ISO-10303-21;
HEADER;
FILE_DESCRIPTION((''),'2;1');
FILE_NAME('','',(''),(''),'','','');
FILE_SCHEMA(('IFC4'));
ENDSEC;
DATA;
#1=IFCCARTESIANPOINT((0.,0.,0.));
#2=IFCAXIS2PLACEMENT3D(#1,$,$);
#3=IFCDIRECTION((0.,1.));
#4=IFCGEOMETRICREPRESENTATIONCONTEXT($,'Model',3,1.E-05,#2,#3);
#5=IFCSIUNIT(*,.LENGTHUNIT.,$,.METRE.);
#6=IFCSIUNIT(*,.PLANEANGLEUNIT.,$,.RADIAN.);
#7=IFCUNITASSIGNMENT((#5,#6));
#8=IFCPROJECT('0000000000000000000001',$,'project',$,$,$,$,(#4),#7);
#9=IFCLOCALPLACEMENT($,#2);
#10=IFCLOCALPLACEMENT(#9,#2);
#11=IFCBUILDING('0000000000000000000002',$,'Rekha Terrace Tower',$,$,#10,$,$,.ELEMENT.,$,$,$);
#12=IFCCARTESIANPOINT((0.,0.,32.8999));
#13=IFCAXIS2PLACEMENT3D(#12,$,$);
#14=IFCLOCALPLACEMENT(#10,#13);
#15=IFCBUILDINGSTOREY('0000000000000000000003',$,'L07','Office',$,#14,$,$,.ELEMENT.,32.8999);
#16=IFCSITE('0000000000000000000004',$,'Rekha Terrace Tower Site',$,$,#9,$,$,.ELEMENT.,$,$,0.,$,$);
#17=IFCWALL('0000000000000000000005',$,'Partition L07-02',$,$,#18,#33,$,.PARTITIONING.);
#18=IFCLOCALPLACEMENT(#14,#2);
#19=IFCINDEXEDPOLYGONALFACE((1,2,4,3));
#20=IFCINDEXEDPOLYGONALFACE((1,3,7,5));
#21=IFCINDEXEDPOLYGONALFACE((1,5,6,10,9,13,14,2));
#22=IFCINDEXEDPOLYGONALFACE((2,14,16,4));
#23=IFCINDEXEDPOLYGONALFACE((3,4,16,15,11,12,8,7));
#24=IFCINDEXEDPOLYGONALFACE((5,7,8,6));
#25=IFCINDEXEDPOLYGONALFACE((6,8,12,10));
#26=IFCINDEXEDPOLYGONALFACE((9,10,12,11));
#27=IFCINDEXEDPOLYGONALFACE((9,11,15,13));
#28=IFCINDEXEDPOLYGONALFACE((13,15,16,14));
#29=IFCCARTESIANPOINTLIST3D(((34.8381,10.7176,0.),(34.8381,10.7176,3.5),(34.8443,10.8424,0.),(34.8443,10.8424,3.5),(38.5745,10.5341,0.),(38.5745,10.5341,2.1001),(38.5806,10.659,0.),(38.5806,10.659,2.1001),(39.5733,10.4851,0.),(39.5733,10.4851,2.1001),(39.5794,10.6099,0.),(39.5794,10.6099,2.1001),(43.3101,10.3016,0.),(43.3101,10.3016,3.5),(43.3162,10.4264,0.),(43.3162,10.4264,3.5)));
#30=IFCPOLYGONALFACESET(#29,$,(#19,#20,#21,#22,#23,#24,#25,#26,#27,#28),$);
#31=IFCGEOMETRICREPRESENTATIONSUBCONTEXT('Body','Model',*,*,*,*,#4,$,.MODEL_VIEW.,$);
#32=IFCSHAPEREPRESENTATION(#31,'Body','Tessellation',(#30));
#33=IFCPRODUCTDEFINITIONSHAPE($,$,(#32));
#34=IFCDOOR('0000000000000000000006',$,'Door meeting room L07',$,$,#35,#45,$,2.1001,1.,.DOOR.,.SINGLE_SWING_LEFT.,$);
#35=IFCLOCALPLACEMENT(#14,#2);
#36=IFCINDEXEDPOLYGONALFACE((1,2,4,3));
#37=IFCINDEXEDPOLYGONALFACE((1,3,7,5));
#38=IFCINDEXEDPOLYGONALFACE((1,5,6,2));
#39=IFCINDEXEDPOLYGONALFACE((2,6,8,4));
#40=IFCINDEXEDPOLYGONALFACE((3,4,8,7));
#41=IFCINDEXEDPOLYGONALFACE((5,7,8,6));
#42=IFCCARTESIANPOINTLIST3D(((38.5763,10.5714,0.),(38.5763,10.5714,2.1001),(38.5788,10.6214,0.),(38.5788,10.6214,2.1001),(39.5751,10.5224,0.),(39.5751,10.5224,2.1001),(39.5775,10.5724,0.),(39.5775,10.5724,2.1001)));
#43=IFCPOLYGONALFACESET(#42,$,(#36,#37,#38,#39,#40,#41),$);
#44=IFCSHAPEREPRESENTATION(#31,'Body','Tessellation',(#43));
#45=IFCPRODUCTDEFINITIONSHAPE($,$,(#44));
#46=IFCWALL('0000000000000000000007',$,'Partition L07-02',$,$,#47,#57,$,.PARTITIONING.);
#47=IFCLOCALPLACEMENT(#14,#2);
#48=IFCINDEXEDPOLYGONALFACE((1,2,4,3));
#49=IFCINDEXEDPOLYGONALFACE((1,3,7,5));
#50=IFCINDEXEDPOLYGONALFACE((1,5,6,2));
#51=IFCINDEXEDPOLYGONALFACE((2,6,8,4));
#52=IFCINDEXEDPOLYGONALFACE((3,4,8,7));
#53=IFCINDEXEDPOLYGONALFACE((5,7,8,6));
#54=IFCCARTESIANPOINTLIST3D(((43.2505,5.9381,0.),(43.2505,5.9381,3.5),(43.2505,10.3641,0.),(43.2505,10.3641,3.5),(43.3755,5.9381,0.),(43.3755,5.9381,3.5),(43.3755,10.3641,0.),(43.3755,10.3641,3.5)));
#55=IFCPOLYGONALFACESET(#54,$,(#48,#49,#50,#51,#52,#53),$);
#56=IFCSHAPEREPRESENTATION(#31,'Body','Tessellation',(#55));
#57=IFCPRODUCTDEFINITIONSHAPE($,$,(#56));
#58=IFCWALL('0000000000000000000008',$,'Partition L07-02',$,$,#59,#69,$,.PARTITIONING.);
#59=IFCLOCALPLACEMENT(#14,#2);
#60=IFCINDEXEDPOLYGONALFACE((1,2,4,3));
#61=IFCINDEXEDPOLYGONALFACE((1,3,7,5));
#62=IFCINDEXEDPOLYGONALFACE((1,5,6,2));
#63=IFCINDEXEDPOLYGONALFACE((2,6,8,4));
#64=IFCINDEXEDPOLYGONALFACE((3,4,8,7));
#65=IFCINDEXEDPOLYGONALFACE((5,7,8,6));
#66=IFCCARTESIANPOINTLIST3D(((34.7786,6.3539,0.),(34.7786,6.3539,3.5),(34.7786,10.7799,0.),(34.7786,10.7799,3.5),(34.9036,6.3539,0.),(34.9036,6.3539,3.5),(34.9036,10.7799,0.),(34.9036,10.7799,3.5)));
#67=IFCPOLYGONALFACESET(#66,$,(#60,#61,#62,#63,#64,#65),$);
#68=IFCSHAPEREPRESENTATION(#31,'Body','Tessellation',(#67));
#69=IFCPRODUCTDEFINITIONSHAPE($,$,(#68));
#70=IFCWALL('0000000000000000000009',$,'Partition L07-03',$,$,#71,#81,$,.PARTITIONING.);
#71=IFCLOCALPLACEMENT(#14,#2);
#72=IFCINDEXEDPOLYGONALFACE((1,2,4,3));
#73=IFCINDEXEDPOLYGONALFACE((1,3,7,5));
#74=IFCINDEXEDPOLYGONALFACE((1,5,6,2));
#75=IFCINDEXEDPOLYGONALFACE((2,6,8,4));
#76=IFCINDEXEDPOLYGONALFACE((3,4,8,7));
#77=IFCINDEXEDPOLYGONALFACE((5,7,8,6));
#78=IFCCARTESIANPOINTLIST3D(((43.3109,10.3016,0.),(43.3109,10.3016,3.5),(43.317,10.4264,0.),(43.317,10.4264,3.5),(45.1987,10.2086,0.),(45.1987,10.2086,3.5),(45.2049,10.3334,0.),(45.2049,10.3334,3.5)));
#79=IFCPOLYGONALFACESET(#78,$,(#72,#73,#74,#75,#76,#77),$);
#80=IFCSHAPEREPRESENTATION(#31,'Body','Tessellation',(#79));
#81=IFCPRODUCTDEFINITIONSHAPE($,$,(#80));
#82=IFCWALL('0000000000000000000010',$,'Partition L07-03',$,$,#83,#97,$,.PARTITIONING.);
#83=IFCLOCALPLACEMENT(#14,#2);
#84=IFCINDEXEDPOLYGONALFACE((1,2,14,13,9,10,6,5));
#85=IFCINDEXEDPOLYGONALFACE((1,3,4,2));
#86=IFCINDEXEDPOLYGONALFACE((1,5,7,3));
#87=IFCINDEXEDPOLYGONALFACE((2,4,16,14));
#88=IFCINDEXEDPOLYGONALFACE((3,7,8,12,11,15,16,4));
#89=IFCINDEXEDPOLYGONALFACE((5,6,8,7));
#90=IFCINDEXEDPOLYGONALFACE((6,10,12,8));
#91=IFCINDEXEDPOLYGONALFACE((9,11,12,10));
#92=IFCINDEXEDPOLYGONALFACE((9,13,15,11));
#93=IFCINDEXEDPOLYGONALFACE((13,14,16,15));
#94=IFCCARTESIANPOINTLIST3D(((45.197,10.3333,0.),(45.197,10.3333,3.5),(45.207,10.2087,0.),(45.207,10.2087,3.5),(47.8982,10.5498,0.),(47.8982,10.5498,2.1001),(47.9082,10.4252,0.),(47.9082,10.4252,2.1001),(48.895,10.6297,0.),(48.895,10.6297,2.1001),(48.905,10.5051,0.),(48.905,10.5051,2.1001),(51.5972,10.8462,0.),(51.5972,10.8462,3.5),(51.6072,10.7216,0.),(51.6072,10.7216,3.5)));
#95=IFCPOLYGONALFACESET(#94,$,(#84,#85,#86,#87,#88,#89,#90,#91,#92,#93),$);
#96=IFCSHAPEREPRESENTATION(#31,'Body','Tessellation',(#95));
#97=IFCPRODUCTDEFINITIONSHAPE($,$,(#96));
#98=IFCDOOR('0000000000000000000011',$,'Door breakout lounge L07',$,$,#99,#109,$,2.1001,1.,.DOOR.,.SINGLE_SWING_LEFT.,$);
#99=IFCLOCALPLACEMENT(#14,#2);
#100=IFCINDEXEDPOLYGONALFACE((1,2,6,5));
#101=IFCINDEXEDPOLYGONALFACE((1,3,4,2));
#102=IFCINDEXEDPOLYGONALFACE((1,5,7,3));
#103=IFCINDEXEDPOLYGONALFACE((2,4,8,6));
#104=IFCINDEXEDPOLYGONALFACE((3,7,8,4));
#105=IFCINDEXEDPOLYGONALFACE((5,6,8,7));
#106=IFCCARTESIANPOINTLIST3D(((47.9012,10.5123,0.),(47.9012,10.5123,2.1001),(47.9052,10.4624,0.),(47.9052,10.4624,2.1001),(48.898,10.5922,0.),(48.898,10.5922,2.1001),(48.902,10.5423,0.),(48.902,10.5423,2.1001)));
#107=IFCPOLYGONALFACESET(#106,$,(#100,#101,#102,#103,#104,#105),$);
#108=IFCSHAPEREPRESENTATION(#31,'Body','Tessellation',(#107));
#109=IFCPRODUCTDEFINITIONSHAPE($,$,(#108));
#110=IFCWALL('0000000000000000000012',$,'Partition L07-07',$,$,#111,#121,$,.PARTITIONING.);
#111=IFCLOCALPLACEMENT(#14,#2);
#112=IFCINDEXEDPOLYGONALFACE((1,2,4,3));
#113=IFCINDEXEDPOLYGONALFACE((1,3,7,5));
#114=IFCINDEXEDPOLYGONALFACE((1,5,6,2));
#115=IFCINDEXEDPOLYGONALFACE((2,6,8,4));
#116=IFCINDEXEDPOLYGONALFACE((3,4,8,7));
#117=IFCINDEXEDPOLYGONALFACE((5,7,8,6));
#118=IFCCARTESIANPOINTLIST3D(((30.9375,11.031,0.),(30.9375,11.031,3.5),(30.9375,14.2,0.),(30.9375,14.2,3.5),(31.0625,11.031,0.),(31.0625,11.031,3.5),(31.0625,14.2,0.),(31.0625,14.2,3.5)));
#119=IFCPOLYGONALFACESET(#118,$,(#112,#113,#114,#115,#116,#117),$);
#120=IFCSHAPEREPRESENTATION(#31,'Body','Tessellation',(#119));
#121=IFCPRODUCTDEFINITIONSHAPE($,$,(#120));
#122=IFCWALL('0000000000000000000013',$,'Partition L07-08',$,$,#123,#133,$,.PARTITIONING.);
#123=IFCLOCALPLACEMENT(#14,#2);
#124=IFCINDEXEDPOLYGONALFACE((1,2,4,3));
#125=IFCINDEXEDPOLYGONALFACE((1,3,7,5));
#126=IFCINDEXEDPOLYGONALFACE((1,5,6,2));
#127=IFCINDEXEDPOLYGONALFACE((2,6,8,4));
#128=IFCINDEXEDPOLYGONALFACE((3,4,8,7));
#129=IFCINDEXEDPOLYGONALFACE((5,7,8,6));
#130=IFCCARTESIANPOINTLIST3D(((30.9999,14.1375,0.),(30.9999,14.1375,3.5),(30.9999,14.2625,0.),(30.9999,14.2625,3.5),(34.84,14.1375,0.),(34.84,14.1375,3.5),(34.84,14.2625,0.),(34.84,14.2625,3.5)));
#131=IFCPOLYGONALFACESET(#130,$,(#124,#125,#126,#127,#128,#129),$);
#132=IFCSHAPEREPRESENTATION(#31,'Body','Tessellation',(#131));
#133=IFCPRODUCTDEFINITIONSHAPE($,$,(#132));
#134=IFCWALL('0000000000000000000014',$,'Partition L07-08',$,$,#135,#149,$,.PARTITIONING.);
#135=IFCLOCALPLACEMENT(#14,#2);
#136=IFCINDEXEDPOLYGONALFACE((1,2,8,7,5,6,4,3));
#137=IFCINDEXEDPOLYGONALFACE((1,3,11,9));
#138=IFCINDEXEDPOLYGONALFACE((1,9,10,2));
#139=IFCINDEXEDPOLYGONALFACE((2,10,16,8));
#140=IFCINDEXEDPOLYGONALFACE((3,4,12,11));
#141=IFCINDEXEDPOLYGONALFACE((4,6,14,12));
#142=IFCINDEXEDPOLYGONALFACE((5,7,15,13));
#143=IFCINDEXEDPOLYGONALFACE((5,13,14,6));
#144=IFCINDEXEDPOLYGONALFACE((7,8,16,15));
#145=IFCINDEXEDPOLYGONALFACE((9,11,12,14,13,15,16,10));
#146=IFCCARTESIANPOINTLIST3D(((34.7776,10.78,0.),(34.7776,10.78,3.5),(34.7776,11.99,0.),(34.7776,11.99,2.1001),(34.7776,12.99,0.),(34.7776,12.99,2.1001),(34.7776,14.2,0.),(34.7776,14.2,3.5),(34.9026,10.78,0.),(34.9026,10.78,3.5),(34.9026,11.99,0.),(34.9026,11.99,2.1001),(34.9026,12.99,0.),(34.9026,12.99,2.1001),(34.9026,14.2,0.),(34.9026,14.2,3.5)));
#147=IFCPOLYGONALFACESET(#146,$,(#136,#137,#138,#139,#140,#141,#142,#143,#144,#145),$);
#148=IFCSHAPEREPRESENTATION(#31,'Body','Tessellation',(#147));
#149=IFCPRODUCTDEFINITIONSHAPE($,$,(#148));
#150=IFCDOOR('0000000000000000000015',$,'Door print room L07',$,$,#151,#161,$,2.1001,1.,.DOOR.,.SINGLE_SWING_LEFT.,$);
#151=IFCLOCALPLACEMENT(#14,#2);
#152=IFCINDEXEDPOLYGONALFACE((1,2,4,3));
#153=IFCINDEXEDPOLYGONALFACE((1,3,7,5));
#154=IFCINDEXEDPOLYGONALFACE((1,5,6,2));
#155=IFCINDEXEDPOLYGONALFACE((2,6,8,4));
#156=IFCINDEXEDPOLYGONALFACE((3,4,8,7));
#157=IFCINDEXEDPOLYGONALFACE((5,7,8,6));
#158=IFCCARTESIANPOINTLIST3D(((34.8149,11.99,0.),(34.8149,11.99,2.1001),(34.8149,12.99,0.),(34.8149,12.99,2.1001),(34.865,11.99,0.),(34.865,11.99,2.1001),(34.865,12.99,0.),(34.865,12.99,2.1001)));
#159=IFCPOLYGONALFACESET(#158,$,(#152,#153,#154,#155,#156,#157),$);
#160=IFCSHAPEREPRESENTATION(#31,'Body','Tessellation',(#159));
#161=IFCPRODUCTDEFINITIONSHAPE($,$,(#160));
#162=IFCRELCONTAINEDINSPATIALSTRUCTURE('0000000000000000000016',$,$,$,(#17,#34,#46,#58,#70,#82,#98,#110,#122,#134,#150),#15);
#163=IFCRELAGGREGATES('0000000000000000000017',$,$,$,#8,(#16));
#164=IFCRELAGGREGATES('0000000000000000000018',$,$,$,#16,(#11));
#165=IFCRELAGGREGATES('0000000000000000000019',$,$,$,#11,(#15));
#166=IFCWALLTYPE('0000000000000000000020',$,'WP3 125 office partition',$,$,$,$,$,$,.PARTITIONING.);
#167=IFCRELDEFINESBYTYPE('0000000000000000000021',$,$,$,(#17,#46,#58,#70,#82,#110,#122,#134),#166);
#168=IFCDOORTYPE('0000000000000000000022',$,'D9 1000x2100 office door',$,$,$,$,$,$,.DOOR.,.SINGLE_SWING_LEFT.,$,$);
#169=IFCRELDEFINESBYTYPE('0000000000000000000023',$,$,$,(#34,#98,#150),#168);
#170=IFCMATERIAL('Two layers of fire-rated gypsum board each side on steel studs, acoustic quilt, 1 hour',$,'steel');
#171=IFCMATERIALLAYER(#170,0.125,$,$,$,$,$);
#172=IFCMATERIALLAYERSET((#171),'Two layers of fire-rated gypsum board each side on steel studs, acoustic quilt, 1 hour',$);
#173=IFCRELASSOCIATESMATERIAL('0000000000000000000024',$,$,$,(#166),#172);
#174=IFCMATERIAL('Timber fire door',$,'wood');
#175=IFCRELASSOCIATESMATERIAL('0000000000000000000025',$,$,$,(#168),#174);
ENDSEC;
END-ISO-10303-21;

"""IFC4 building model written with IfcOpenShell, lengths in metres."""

from ifc_helpers import new_model, si_unit, direction, frame, frame_2d, origin, place, context, subcontext, project, spatial, rectangle, extrude, material, layer, layer_set, type_object, element, fill, save


model = new_model("IFC4")

# Units and contexts
model_context = context("Model", 3, precision=1e-05, world=origin(), true_north=direction((0.0, 1.0)))
body_context = subcontext(model_context, "Body", "Model", "MODEL_VIEW")
ifc_project = project(units=[si_unit("LENGTHUNIT", "METRE"), si_unit("PLANEANGLEUNIT", "RADIAN")], contexts=[model_context])

# Site, building, storey
site_placement = place(None, origin())
site = spatial("IfcSite", under=ifc_project, at=site_placement, Name="Rekha Terrace Tower Site", CompositionType="ELEMENT", RefElevation=0.0)
building_placement = place(site_placement, origin())
building = spatial("IfcBuilding", under=site, at=building_placement, Name="Rekha Terrace Tower", CompositionType="ELEMENT")
storey_placement = place(building_placement, frame((0.0, 0.0, 32.8999)))
storey = spatial("IfcBuildingStorey", under=building, at=storey_placement, Name="L07", Description="Office", CompositionType="ELEMENT", Elevation=32.8999)

# Wall, opening, door
ifc_material_1 = material(Name="Two layers of fire-rated gypsum board each side on steel studs, acoustic quilt, 1 hour", Category="steel")
ifc_layer_1 = layer(ifc_material_1, 0.125)
ifc_layer_set_1 = layer_set([ifc_layer_1], Name="Two layers of fire-rated gypsum board each side on steel studs, acoustic quilt, 1 hour")
wall_type_1 = type_object("IfcWallType", Name="WP3 125 office partition", PredefinedType="PARTITIONING", material=ifc_layer_set_1)
wall_1_placement = place(storey_placement, frame((34.8411, 10.78, 0.0), z_axis=(0.0, 0.0, 1.0), x_axis=(0.998797, -0.049046, 0.0)))
wall_1 = element("IfcWall", 1, at=wall_1_placement, inside=storey, type_object=wall_type_1, Name="Partition L07-02", PredefinedType="PARTITIONING", context=body_context, shape_type="SweptSolid", body=[
    extrude(rectangle(XDim=8.4822, YDim=0.125, at=frame_2d((4.2412, 0.0))), origin(), (0.0, 0.0, 1.0), 3.5),
])
opening_1_placement = place(wall_1_placement, frame((3.741, 0.0, 0.0)))
opening_1 = element("IfcOpeningElement", 2, at=opening_1_placement, cuts=wall_1, PredefinedType="OPENING", context=body_context, shape_type="SweptSolid", body=[
    extrude(rectangle(XDim=1.0, YDim=2.1001, at=frame_2d((0.5, 1.05))), frame((0.0, 0.0725, 0.0), z_axis=(0.0, -1.0, 0.0), x_axis=(1.0, 0.0, 0.0)), (0.0, 0.0, 1.0), 0.145),
])
ifc_material_2 = material(Name="Timber fire door", Category="wood")
door_type_1 = type_object("IfcDoorType", Name="D9 1000x2100 office door", OperationType="SINGLE_SWING_LEFT", PredefinedType="DOOR", material=ifc_material_2)
door_1_placement = place(opening_1_placement, origin())
door_1 = element("IfcDoor", 3, at=door_1_placement, inside=storey, type_object=door_type_1, Name="Door meeting room L07", OperationType="SINGLE_SWING_LEFT", OverallHeight=2.1001, OverallWidth=1.0, PredefinedType="DOOR", context=body_context, shape_type="SweptSolid", body=[
    extrude(rectangle(XDim=1.0, YDim=2.1001, at=frame_2d((0.5, 1.05))), frame((0.0, 0.0249, 0.0), z_axis=(0.0, -1.0, 0.0), x_axis=(1.0, 0.0, 0.0)), (0.0, 0.0, 1.0), 0.05),
])
fill(opening_1, door_1)

# Walls
for number, where, z_axis, x_axis, name in (
    (4, (43.313, 10.364, 0.0), (0.0, 0.0, 1.0), (0.0, -1.0, 0.0), "Partition L07-02"),
    (5, (34.8411, 6.354, 0.0), (0.0, 0.0, 1.0), (0.0, 1.0, 0.0), "Partition L07-02"),
):
    element("IfcWall", number, at=place(storey_placement, frame(where, z_axis=z_axis, x_axis=x_axis)), inside=storey, type_object=wall_type_1, Name=name, PredefinedType="PARTITIONING", context=body_context, shape_type="SweptSolid", body=[
        extrude(rectangle(XDim=4.426, YDim=0.125, at=frame_2d((2.2129, 0.0))), origin(), (0.0, 0.0, 1.0), 3.5),
    ])
wall_2_placement = place(storey_placement, frame((43.314, 10.364, 0.0), z_axis=(0.0, 0.0, 1.0), x_axis=(0.998788, -0.04921, 0.0)))
element("IfcWall", 6, at=wall_2_placement, inside=storey, type_object=wall_type_1, Name="Partition L07-03", PredefinedType="PARTITIONING", context=body_context, shape_type="SweptSolid", body=[
    extrude(rectangle(XDim=1.8901, YDim=0.125, at=frame_2d((0.9451, 0.0))), origin(), (0.0, 0.0, 1.0), 3.5),
])

# Wall, opening, door
wall_3_placement = place(storey_placement, frame((45.2019, 10.271, 0.0), z_axis=(0.0, 0.0, 1.0), x_axis=(0.996804, 0.079889, 0.0)))
wall_3 = element("IfcWall", 7, at=wall_3_placement, inside=storey, type_object=wall_type_1, Name="Partition L07-03", PredefinedType="PARTITIONING", context=body_context, shape_type="SweptSolid", body=[
    extrude(rectangle(XDim=6.4207, YDim=0.125, at=frame_2d((3.2104, 0.0))), origin(), (0.0, 0.0, 1.0), 3.5),
])
opening_2_placement = place(wall_3_placement, frame((2.71, 0.0, 0.0)))
opening_2 = element("IfcOpeningElement", 8, at=opening_2_placement, cuts=wall_3, PredefinedType="OPENING", context=body_context, shape_type="SweptSolid", body=[
    extrude(rectangle(XDim=1.0, YDim=2.1001, at=frame_2d((0.5, 1.05))), frame((0.0, 0.0725, 0.0), z_axis=(0.0, -1.0, 0.0), x_axis=(1.0, 0.0, 0.0)), (0.0, 0.0, 1.0), 0.145),
])
door_2_placement = place(opening_2_placement, origin())
door_2 = element("IfcDoor", 9, at=door_2_placement, inside=storey, type_object=door_type_1, Name="Door breakout lounge L07", OperationType="SINGLE_SWING_LEFT", OverallHeight=2.1001, OverallWidth=1.0, PredefinedType="DOOR", context=body_context, shape_type="SweptSolid", body=[
    extrude(rectangle(XDim=1.0, YDim=2.1001, at=frame_2d((0.5, 1.05))), frame((0.0, 0.0249, 0.0), z_axis=(0.0, -1.0, 0.0), x_axis=(1.0, 0.0, 0.0)), (0.0, 0.0, 1.0), 0.05),
])
fill(opening_2, door_2)

# Walls
wall_4_placement = place(storey_placement, frame((31.0, 14.2, 0.0), z_axis=(0.0, 0.0, 1.0), x_axis=(0.0, -1.0, 0.0)))
element("IfcWall", 10, at=wall_4_placement, inside=storey, type_object=wall_type_1, Name="Partition L07-07", PredefinedType="PARTITIONING", context=body_context, shape_type="SweptSolid", body=[
    extrude(rectangle(XDim=3.1689, YDim=0.125, at=frame_2d((1.5845, 0.0))), origin(), (0.0, 0.0, 1.0), 3.5),
])
wall_5_placement = place(storey_placement, frame((31.0, 14.2, 0.0), z_axis=(0.0, 0.0, 1.0), x_axis=(1.0, 0.0, 0.0)))
element("IfcWall", 11, at=wall_5_placement, inside=storey, type_object=wall_type_1, Name="Partition L07-08", PredefinedType="PARTITIONING", context=body_context, shape_type="SweptSolid", body=[
    extrude(rectangle(XDim=3.8401, YDim=0.125, at=frame_2d((1.9199, 0.0))), origin(), (0.0, 0.0, 1.0), 3.5),
])

# Wall, opening, door
wall_6_placement = place(storey_placement, frame((34.8401, 14.2, 0.0), z_axis=(0.0, 0.0, 1.0), x_axis=(0.0, -1.0, 0.0)))
wall_6 = element("IfcWall", 12, at=wall_6_placement, inside=storey, type_object=wall_type_1, Name="Partition L07-08", PredefinedType="PARTITIONING", context=body_context, shape_type="SweptSolid", body=[
    extrude(rectangle(XDim=3.4199, YDim=0.125, at=frame_2d((1.71, 0.0))), origin(), (0.0, 0.0, 1.0), 3.5),
])
opening_3_placement = place(wall_6_placement, frame((1.21, 0.0, 0.0)))
opening_3 = element("IfcOpeningElement", 13, at=opening_3_placement, cuts=wall_6, PredefinedType="OPENING", context=body_context, shape_type="SweptSolid", body=[
    extrude(rectangle(XDim=1.0, YDim=2.1001, at=frame_2d((0.5, 1.05))), frame((0.0, 0.0725, 0.0), z_axis=(0.0, -1.0, 0.0), x_axis=(1.0, 0.0, 0.0)), (0.0, 0.0, 1.0), 0.145),
])
door_3_placement = place(opening_3_placement, origin())
door_3 = element("IfcDoor", 14, at=door_3_placement, inside=storey, type_object=door_type_1, Name="Door print room L07", OperationType="SINGLE_SWING_LEFT", OverallHeight=2.1001, OverallWidth=1.0, PredefinedType="DOOR", context=body_context, shape_type="SweptSolid", body=[
    extrude(rectangle(XDim=1.0, YDim=2.1001, at=frame_2d((0.5, 1.05))), frame((0.0, 0.0249, 0.0), z_axis=(0.0, -1.0, 0.0), x_axis=(1.0, 0.0, 0.0)), (0.0, 0.0, 1.0), 0.05),
])
fill(opening_3, door_3)

save(model, "model.ifc")
